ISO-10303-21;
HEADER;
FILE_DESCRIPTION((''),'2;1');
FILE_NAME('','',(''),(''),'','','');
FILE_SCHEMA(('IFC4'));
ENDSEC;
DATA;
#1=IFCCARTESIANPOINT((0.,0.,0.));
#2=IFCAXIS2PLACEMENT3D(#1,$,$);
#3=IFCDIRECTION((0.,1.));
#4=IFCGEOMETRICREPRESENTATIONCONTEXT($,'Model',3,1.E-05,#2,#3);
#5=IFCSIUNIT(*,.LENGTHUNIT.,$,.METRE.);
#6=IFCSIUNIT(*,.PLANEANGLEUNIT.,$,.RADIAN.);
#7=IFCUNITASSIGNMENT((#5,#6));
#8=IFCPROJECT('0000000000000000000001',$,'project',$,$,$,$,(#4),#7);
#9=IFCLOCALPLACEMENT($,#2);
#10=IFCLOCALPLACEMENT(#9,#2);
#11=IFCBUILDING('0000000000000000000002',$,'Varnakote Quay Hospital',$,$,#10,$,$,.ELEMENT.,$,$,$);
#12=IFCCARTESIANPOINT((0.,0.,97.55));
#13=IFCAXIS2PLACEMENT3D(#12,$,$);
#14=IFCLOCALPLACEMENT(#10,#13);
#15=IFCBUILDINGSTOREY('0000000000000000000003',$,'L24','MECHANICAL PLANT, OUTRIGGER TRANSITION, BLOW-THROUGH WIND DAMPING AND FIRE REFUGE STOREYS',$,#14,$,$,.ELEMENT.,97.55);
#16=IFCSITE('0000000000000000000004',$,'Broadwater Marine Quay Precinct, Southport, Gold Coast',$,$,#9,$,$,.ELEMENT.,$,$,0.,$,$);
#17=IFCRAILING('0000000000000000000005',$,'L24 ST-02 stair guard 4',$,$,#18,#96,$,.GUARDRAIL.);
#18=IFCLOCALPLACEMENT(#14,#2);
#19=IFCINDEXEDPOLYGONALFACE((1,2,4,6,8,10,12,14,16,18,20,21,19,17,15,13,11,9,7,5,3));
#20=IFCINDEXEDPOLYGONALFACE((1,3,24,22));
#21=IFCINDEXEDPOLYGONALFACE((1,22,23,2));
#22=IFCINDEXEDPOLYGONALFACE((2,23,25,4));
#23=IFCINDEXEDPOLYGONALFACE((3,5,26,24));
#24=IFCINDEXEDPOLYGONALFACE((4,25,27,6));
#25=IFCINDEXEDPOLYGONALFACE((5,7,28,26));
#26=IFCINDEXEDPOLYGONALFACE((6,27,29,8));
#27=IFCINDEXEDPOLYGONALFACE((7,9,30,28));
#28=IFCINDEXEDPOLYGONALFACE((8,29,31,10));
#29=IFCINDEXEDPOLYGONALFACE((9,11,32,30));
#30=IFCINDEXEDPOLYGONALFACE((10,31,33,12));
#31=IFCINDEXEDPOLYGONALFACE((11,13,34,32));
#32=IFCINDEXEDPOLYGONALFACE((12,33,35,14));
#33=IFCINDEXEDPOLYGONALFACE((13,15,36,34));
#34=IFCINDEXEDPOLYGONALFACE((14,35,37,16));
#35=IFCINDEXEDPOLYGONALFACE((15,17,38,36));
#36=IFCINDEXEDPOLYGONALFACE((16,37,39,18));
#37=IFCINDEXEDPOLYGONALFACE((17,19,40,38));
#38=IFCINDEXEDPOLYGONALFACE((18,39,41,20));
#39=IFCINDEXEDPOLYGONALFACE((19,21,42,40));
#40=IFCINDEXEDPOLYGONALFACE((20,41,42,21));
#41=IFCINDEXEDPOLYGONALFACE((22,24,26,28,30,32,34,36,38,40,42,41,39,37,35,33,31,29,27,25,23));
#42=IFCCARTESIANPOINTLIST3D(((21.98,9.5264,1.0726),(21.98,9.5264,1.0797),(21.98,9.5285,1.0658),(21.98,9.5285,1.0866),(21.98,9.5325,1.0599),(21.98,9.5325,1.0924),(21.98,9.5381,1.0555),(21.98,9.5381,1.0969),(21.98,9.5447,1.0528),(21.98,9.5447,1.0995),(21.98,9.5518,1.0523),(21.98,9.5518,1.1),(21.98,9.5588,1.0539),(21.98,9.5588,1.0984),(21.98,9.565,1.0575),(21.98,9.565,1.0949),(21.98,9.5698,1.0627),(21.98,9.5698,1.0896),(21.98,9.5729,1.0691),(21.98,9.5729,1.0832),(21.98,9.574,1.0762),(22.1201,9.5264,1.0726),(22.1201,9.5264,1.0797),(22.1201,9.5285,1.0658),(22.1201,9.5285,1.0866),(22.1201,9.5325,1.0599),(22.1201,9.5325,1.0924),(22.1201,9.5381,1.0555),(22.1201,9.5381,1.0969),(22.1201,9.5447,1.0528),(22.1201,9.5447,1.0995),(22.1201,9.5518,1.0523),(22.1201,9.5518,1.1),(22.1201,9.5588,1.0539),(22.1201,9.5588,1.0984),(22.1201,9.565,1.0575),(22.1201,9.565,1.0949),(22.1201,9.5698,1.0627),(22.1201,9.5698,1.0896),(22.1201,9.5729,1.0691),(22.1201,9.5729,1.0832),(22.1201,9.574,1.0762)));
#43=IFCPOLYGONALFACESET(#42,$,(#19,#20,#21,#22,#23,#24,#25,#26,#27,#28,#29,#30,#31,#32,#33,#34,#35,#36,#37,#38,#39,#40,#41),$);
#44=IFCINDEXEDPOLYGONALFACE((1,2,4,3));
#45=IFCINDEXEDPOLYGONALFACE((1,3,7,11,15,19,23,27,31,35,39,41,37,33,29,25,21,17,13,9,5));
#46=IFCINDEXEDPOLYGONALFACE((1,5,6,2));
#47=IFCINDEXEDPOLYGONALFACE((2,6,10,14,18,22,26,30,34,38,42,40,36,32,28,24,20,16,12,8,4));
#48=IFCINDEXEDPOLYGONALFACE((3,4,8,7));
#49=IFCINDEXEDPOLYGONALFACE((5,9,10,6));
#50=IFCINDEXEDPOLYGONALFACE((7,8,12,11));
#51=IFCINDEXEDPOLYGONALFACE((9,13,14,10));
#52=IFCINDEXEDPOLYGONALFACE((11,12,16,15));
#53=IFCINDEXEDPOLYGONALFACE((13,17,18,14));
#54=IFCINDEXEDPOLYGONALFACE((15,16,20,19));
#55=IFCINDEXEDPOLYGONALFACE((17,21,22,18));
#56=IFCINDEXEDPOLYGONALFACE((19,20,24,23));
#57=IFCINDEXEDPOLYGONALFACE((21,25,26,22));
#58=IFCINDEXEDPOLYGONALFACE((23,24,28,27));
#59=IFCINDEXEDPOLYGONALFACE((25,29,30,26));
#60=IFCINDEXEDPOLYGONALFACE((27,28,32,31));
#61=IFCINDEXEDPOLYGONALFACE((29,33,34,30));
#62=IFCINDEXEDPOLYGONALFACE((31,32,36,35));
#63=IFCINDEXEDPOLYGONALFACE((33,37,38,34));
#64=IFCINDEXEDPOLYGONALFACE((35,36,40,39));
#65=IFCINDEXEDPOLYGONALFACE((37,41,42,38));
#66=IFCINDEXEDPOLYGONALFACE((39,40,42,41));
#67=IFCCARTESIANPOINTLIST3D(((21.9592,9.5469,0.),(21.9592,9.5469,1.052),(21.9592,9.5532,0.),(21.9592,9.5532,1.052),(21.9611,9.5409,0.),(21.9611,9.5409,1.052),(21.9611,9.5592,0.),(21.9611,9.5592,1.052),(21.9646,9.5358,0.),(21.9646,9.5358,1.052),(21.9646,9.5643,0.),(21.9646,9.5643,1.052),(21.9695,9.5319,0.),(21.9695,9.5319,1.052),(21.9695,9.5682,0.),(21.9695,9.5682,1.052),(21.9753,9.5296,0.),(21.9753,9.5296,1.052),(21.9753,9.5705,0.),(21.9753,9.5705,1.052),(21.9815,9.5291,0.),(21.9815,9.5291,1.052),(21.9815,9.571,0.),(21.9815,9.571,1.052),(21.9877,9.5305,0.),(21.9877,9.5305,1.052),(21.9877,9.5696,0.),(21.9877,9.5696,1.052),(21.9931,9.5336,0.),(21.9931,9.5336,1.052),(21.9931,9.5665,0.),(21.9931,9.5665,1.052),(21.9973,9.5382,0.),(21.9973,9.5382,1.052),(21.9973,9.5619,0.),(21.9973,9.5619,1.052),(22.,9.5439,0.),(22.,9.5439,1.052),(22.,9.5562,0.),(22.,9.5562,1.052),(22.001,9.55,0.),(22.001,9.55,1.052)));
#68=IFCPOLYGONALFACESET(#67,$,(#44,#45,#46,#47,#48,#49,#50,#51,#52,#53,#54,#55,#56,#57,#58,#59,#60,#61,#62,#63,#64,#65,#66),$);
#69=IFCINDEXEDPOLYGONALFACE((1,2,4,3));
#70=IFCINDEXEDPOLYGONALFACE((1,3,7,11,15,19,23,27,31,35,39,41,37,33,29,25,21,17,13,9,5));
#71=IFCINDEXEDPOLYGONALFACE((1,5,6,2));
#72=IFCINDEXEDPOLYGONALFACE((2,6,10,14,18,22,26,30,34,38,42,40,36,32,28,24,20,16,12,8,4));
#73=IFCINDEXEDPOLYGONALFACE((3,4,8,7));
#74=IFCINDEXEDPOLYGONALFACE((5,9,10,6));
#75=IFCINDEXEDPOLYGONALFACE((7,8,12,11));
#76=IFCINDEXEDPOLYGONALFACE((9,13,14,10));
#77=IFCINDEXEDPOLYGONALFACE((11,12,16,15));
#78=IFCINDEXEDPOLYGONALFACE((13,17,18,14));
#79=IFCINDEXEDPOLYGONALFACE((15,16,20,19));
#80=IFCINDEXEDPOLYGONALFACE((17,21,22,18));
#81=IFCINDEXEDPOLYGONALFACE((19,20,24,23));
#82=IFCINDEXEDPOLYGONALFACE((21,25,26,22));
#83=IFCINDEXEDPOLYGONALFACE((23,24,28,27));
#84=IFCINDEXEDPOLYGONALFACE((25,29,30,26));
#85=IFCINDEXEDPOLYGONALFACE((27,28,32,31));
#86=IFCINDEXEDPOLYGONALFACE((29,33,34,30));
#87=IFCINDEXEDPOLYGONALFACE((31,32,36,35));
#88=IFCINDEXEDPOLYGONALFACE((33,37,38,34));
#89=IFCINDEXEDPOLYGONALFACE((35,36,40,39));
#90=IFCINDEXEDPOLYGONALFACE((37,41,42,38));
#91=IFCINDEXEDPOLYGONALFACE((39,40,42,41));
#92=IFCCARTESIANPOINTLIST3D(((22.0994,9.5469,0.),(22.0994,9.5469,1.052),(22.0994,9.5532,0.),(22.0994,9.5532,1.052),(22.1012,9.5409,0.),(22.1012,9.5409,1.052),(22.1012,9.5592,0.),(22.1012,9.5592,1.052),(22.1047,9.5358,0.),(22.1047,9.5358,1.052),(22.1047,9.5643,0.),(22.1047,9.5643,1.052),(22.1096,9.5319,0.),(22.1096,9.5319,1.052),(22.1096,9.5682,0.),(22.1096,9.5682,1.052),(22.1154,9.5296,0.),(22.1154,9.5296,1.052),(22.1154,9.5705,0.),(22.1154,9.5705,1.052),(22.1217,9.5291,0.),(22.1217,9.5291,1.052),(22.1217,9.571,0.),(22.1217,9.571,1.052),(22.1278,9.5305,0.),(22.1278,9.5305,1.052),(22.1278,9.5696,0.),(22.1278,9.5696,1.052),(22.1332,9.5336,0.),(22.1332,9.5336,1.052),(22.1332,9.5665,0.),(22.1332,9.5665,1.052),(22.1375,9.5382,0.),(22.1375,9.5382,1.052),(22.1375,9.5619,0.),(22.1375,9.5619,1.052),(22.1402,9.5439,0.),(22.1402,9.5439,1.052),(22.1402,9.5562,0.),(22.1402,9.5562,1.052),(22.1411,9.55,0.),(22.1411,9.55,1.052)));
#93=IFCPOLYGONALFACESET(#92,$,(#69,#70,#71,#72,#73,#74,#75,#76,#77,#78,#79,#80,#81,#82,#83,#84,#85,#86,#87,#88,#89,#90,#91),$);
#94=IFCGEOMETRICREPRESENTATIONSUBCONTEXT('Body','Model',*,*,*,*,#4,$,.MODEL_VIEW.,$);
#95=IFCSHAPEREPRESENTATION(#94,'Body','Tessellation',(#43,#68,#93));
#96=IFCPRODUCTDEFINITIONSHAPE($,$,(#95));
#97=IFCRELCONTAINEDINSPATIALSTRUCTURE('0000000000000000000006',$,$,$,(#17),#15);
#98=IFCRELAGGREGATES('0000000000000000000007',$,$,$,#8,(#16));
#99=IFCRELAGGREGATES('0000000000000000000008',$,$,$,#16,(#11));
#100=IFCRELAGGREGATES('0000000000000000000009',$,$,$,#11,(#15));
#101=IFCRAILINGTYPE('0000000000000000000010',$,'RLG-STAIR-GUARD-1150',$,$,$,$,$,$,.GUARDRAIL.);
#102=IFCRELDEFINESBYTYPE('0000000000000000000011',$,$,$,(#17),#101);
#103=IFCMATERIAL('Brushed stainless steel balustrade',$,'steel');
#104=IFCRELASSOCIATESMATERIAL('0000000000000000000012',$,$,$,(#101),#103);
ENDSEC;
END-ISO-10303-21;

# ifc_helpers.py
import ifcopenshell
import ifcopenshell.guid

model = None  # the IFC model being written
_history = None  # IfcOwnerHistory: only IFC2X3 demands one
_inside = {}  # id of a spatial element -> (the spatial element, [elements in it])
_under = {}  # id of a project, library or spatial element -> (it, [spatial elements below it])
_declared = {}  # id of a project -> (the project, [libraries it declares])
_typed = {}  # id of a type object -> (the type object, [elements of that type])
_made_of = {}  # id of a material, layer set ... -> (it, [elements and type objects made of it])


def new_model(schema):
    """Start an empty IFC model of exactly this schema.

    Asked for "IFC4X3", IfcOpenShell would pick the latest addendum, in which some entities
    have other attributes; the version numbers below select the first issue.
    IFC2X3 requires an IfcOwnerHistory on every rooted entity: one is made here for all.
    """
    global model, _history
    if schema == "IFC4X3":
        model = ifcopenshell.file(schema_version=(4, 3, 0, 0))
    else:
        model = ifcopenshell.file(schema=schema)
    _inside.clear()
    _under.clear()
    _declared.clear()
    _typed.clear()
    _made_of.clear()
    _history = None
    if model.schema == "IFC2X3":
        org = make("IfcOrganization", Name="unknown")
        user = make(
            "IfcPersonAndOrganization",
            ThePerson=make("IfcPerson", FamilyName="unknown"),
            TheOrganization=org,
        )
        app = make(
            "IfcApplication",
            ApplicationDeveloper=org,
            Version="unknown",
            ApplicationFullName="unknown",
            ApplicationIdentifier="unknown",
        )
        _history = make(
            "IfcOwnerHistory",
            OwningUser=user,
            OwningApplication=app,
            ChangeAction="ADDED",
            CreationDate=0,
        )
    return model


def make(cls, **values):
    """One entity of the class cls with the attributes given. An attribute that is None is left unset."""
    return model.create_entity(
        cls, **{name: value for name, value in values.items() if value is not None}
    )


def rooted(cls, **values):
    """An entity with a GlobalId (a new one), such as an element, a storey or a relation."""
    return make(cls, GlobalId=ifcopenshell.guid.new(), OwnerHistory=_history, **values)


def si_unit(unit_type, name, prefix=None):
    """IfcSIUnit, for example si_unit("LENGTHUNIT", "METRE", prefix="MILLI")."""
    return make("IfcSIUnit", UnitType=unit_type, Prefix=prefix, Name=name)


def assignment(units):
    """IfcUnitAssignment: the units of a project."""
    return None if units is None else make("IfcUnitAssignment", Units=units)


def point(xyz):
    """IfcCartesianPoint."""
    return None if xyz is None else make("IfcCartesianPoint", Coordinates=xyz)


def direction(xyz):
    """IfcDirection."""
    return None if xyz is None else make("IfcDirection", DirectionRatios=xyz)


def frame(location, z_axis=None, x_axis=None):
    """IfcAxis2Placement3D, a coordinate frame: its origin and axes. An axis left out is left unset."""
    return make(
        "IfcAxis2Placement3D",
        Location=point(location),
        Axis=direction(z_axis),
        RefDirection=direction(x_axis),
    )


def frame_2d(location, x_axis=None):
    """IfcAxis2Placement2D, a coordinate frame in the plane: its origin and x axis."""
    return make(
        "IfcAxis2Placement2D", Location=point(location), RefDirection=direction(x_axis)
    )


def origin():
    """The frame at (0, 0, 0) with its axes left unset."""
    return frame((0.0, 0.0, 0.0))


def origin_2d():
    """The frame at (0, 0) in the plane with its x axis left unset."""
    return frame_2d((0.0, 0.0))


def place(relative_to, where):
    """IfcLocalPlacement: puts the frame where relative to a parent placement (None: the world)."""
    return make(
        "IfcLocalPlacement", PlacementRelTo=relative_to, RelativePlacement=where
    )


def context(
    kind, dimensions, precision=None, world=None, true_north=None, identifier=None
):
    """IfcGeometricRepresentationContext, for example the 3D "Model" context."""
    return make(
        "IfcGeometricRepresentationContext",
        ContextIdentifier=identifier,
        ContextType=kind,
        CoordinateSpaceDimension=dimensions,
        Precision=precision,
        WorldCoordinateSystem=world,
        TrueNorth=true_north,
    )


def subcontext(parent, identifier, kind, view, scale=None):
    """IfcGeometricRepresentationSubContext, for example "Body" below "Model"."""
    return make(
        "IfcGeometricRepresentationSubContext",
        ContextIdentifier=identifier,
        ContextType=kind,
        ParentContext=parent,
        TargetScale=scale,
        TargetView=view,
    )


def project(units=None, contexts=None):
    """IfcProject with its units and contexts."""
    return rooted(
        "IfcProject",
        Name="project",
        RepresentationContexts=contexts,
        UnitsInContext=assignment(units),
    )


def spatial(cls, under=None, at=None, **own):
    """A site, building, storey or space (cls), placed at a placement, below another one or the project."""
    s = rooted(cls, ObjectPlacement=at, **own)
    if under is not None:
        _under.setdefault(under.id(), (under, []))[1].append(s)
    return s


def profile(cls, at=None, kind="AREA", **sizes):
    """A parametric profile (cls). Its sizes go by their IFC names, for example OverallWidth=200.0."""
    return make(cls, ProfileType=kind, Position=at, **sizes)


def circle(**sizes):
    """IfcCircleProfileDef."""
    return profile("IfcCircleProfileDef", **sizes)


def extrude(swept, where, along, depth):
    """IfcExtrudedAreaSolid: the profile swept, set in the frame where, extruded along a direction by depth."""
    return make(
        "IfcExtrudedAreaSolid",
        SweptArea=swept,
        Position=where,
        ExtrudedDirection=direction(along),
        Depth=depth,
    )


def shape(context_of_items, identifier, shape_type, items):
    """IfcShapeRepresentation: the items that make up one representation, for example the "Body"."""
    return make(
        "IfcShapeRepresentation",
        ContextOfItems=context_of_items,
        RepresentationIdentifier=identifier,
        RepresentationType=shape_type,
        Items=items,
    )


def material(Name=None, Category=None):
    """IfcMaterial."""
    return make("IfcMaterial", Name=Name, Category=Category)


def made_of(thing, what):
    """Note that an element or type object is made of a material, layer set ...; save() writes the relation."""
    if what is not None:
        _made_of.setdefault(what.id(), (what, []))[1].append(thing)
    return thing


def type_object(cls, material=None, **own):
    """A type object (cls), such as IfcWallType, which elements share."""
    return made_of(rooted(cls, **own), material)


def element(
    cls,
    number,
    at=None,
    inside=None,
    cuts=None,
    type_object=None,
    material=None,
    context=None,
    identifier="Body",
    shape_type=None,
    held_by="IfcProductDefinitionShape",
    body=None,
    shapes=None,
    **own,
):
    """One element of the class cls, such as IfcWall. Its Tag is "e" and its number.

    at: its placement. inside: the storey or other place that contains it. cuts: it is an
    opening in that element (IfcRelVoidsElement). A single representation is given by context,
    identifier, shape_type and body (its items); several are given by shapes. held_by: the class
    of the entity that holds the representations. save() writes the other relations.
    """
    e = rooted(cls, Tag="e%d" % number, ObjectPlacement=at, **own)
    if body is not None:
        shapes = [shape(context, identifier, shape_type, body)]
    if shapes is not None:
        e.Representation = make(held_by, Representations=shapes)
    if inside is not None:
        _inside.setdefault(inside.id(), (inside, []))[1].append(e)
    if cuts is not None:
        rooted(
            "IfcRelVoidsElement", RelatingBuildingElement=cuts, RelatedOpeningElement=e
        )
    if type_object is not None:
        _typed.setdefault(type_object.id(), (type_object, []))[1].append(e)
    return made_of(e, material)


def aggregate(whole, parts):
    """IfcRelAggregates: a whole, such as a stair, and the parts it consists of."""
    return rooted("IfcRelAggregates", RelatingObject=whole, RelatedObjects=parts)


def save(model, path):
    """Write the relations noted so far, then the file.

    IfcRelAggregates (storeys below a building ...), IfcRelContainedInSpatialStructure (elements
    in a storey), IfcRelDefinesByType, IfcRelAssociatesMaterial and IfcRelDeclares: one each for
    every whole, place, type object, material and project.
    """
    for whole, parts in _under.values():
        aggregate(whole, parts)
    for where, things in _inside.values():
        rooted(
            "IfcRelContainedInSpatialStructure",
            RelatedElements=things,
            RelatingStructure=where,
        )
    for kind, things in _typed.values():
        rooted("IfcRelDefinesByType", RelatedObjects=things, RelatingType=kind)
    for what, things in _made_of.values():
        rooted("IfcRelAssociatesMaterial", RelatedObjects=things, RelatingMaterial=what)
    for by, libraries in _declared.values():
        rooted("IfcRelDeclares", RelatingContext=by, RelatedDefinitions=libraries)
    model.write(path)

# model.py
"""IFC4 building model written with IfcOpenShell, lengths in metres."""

from ifc_helpers import new_model, si_unit, direction, frame, origin, origin_2d, place, context, subcontext, project, spatial, circle, extrude, material, type_object, element, save


model = new_model("IFC4")

# Units and contexts
model_context = context("Model", 3, precision=1e-05, world=origin(), true_north=direction((0.0, 1.0)))
body_context = subcontext(model_context, "Body", "Model", "MODEL_VIEW")
ifc_project = project(units=[si_unit("LENGTHUNIT", "METRE"), si_unit("PLANEANGLEUNIT", "RADIAN")], contexts=[model_context])

# Site, building, storey
site_placement = place(None, origin())
site = spatial("IfcSite", under=ifc_project, at=site_placement, Name="Broadwater Marine Quay Precinct, Southport, Gold Coast", CompositionType="ELEMENT", RefElevation=0.0)
building_placement = place(site_placement, origin())
building = spatial("IfcBuilding", under=site, at=building_placement, Name="Varnakote Quay Hospital", CompositionType="ELEMENT")
storey_placement = place(building_placement, frame((0.0, 0.0, 97.55)))
storey = spatial("IfcBuildingStorey", under=building, at=storey_placement, Name="L24", Description="MECHANICAL PLANT, OUTRIGGER TRANSITION, BLOW-THROUGH WIND DAMPING AND FIRE REFUGE STOREYS", CompositionType="ELEMENT", Elevation=97.55)

# Railing
ifc_material_1 = material(Name="Brushed stainless steel balustrade", Category="steel")
railing_type_1 = type_object("IfcRailingType", Name="RLG-STAIR-GUARD-1150", PredefinedType="GUARDRAIL", material=ifc_material_1)
railing_1_placement = place(storey_placement, frame((21.98, 9.55, 0.0)))
element("IfcRailing", 1, at=railing_1_placement, inside=storey, type_object=railing_type_1, Name="L24 ST-02 stair guard 4", PredefinedType="GUARDRAIL", context=body_context, shape_type="SweptSolid", body=[
    extrude(circle(Radius=0.0239, at=origin_2d()), frame((0.0, 0.0, 1.0762), z_axis=(1.0, 0.0, 0.0), x_axis=(0.0, 1.0, 0.0)), (0.0, 0.0, 1.0), 0.1401),
    extrude(circle(Radius=0.021, at=origin_2d()), origin(), (0.0, 0.0, 1.0), 1.052),
    extrude(circle(Radius=0.021, at=origin_2d()), frame((0.1401, 0.0, 0.0)), (0.0, 0.0, 1.0), 1.052),
])

save(model, "model.ifc")
